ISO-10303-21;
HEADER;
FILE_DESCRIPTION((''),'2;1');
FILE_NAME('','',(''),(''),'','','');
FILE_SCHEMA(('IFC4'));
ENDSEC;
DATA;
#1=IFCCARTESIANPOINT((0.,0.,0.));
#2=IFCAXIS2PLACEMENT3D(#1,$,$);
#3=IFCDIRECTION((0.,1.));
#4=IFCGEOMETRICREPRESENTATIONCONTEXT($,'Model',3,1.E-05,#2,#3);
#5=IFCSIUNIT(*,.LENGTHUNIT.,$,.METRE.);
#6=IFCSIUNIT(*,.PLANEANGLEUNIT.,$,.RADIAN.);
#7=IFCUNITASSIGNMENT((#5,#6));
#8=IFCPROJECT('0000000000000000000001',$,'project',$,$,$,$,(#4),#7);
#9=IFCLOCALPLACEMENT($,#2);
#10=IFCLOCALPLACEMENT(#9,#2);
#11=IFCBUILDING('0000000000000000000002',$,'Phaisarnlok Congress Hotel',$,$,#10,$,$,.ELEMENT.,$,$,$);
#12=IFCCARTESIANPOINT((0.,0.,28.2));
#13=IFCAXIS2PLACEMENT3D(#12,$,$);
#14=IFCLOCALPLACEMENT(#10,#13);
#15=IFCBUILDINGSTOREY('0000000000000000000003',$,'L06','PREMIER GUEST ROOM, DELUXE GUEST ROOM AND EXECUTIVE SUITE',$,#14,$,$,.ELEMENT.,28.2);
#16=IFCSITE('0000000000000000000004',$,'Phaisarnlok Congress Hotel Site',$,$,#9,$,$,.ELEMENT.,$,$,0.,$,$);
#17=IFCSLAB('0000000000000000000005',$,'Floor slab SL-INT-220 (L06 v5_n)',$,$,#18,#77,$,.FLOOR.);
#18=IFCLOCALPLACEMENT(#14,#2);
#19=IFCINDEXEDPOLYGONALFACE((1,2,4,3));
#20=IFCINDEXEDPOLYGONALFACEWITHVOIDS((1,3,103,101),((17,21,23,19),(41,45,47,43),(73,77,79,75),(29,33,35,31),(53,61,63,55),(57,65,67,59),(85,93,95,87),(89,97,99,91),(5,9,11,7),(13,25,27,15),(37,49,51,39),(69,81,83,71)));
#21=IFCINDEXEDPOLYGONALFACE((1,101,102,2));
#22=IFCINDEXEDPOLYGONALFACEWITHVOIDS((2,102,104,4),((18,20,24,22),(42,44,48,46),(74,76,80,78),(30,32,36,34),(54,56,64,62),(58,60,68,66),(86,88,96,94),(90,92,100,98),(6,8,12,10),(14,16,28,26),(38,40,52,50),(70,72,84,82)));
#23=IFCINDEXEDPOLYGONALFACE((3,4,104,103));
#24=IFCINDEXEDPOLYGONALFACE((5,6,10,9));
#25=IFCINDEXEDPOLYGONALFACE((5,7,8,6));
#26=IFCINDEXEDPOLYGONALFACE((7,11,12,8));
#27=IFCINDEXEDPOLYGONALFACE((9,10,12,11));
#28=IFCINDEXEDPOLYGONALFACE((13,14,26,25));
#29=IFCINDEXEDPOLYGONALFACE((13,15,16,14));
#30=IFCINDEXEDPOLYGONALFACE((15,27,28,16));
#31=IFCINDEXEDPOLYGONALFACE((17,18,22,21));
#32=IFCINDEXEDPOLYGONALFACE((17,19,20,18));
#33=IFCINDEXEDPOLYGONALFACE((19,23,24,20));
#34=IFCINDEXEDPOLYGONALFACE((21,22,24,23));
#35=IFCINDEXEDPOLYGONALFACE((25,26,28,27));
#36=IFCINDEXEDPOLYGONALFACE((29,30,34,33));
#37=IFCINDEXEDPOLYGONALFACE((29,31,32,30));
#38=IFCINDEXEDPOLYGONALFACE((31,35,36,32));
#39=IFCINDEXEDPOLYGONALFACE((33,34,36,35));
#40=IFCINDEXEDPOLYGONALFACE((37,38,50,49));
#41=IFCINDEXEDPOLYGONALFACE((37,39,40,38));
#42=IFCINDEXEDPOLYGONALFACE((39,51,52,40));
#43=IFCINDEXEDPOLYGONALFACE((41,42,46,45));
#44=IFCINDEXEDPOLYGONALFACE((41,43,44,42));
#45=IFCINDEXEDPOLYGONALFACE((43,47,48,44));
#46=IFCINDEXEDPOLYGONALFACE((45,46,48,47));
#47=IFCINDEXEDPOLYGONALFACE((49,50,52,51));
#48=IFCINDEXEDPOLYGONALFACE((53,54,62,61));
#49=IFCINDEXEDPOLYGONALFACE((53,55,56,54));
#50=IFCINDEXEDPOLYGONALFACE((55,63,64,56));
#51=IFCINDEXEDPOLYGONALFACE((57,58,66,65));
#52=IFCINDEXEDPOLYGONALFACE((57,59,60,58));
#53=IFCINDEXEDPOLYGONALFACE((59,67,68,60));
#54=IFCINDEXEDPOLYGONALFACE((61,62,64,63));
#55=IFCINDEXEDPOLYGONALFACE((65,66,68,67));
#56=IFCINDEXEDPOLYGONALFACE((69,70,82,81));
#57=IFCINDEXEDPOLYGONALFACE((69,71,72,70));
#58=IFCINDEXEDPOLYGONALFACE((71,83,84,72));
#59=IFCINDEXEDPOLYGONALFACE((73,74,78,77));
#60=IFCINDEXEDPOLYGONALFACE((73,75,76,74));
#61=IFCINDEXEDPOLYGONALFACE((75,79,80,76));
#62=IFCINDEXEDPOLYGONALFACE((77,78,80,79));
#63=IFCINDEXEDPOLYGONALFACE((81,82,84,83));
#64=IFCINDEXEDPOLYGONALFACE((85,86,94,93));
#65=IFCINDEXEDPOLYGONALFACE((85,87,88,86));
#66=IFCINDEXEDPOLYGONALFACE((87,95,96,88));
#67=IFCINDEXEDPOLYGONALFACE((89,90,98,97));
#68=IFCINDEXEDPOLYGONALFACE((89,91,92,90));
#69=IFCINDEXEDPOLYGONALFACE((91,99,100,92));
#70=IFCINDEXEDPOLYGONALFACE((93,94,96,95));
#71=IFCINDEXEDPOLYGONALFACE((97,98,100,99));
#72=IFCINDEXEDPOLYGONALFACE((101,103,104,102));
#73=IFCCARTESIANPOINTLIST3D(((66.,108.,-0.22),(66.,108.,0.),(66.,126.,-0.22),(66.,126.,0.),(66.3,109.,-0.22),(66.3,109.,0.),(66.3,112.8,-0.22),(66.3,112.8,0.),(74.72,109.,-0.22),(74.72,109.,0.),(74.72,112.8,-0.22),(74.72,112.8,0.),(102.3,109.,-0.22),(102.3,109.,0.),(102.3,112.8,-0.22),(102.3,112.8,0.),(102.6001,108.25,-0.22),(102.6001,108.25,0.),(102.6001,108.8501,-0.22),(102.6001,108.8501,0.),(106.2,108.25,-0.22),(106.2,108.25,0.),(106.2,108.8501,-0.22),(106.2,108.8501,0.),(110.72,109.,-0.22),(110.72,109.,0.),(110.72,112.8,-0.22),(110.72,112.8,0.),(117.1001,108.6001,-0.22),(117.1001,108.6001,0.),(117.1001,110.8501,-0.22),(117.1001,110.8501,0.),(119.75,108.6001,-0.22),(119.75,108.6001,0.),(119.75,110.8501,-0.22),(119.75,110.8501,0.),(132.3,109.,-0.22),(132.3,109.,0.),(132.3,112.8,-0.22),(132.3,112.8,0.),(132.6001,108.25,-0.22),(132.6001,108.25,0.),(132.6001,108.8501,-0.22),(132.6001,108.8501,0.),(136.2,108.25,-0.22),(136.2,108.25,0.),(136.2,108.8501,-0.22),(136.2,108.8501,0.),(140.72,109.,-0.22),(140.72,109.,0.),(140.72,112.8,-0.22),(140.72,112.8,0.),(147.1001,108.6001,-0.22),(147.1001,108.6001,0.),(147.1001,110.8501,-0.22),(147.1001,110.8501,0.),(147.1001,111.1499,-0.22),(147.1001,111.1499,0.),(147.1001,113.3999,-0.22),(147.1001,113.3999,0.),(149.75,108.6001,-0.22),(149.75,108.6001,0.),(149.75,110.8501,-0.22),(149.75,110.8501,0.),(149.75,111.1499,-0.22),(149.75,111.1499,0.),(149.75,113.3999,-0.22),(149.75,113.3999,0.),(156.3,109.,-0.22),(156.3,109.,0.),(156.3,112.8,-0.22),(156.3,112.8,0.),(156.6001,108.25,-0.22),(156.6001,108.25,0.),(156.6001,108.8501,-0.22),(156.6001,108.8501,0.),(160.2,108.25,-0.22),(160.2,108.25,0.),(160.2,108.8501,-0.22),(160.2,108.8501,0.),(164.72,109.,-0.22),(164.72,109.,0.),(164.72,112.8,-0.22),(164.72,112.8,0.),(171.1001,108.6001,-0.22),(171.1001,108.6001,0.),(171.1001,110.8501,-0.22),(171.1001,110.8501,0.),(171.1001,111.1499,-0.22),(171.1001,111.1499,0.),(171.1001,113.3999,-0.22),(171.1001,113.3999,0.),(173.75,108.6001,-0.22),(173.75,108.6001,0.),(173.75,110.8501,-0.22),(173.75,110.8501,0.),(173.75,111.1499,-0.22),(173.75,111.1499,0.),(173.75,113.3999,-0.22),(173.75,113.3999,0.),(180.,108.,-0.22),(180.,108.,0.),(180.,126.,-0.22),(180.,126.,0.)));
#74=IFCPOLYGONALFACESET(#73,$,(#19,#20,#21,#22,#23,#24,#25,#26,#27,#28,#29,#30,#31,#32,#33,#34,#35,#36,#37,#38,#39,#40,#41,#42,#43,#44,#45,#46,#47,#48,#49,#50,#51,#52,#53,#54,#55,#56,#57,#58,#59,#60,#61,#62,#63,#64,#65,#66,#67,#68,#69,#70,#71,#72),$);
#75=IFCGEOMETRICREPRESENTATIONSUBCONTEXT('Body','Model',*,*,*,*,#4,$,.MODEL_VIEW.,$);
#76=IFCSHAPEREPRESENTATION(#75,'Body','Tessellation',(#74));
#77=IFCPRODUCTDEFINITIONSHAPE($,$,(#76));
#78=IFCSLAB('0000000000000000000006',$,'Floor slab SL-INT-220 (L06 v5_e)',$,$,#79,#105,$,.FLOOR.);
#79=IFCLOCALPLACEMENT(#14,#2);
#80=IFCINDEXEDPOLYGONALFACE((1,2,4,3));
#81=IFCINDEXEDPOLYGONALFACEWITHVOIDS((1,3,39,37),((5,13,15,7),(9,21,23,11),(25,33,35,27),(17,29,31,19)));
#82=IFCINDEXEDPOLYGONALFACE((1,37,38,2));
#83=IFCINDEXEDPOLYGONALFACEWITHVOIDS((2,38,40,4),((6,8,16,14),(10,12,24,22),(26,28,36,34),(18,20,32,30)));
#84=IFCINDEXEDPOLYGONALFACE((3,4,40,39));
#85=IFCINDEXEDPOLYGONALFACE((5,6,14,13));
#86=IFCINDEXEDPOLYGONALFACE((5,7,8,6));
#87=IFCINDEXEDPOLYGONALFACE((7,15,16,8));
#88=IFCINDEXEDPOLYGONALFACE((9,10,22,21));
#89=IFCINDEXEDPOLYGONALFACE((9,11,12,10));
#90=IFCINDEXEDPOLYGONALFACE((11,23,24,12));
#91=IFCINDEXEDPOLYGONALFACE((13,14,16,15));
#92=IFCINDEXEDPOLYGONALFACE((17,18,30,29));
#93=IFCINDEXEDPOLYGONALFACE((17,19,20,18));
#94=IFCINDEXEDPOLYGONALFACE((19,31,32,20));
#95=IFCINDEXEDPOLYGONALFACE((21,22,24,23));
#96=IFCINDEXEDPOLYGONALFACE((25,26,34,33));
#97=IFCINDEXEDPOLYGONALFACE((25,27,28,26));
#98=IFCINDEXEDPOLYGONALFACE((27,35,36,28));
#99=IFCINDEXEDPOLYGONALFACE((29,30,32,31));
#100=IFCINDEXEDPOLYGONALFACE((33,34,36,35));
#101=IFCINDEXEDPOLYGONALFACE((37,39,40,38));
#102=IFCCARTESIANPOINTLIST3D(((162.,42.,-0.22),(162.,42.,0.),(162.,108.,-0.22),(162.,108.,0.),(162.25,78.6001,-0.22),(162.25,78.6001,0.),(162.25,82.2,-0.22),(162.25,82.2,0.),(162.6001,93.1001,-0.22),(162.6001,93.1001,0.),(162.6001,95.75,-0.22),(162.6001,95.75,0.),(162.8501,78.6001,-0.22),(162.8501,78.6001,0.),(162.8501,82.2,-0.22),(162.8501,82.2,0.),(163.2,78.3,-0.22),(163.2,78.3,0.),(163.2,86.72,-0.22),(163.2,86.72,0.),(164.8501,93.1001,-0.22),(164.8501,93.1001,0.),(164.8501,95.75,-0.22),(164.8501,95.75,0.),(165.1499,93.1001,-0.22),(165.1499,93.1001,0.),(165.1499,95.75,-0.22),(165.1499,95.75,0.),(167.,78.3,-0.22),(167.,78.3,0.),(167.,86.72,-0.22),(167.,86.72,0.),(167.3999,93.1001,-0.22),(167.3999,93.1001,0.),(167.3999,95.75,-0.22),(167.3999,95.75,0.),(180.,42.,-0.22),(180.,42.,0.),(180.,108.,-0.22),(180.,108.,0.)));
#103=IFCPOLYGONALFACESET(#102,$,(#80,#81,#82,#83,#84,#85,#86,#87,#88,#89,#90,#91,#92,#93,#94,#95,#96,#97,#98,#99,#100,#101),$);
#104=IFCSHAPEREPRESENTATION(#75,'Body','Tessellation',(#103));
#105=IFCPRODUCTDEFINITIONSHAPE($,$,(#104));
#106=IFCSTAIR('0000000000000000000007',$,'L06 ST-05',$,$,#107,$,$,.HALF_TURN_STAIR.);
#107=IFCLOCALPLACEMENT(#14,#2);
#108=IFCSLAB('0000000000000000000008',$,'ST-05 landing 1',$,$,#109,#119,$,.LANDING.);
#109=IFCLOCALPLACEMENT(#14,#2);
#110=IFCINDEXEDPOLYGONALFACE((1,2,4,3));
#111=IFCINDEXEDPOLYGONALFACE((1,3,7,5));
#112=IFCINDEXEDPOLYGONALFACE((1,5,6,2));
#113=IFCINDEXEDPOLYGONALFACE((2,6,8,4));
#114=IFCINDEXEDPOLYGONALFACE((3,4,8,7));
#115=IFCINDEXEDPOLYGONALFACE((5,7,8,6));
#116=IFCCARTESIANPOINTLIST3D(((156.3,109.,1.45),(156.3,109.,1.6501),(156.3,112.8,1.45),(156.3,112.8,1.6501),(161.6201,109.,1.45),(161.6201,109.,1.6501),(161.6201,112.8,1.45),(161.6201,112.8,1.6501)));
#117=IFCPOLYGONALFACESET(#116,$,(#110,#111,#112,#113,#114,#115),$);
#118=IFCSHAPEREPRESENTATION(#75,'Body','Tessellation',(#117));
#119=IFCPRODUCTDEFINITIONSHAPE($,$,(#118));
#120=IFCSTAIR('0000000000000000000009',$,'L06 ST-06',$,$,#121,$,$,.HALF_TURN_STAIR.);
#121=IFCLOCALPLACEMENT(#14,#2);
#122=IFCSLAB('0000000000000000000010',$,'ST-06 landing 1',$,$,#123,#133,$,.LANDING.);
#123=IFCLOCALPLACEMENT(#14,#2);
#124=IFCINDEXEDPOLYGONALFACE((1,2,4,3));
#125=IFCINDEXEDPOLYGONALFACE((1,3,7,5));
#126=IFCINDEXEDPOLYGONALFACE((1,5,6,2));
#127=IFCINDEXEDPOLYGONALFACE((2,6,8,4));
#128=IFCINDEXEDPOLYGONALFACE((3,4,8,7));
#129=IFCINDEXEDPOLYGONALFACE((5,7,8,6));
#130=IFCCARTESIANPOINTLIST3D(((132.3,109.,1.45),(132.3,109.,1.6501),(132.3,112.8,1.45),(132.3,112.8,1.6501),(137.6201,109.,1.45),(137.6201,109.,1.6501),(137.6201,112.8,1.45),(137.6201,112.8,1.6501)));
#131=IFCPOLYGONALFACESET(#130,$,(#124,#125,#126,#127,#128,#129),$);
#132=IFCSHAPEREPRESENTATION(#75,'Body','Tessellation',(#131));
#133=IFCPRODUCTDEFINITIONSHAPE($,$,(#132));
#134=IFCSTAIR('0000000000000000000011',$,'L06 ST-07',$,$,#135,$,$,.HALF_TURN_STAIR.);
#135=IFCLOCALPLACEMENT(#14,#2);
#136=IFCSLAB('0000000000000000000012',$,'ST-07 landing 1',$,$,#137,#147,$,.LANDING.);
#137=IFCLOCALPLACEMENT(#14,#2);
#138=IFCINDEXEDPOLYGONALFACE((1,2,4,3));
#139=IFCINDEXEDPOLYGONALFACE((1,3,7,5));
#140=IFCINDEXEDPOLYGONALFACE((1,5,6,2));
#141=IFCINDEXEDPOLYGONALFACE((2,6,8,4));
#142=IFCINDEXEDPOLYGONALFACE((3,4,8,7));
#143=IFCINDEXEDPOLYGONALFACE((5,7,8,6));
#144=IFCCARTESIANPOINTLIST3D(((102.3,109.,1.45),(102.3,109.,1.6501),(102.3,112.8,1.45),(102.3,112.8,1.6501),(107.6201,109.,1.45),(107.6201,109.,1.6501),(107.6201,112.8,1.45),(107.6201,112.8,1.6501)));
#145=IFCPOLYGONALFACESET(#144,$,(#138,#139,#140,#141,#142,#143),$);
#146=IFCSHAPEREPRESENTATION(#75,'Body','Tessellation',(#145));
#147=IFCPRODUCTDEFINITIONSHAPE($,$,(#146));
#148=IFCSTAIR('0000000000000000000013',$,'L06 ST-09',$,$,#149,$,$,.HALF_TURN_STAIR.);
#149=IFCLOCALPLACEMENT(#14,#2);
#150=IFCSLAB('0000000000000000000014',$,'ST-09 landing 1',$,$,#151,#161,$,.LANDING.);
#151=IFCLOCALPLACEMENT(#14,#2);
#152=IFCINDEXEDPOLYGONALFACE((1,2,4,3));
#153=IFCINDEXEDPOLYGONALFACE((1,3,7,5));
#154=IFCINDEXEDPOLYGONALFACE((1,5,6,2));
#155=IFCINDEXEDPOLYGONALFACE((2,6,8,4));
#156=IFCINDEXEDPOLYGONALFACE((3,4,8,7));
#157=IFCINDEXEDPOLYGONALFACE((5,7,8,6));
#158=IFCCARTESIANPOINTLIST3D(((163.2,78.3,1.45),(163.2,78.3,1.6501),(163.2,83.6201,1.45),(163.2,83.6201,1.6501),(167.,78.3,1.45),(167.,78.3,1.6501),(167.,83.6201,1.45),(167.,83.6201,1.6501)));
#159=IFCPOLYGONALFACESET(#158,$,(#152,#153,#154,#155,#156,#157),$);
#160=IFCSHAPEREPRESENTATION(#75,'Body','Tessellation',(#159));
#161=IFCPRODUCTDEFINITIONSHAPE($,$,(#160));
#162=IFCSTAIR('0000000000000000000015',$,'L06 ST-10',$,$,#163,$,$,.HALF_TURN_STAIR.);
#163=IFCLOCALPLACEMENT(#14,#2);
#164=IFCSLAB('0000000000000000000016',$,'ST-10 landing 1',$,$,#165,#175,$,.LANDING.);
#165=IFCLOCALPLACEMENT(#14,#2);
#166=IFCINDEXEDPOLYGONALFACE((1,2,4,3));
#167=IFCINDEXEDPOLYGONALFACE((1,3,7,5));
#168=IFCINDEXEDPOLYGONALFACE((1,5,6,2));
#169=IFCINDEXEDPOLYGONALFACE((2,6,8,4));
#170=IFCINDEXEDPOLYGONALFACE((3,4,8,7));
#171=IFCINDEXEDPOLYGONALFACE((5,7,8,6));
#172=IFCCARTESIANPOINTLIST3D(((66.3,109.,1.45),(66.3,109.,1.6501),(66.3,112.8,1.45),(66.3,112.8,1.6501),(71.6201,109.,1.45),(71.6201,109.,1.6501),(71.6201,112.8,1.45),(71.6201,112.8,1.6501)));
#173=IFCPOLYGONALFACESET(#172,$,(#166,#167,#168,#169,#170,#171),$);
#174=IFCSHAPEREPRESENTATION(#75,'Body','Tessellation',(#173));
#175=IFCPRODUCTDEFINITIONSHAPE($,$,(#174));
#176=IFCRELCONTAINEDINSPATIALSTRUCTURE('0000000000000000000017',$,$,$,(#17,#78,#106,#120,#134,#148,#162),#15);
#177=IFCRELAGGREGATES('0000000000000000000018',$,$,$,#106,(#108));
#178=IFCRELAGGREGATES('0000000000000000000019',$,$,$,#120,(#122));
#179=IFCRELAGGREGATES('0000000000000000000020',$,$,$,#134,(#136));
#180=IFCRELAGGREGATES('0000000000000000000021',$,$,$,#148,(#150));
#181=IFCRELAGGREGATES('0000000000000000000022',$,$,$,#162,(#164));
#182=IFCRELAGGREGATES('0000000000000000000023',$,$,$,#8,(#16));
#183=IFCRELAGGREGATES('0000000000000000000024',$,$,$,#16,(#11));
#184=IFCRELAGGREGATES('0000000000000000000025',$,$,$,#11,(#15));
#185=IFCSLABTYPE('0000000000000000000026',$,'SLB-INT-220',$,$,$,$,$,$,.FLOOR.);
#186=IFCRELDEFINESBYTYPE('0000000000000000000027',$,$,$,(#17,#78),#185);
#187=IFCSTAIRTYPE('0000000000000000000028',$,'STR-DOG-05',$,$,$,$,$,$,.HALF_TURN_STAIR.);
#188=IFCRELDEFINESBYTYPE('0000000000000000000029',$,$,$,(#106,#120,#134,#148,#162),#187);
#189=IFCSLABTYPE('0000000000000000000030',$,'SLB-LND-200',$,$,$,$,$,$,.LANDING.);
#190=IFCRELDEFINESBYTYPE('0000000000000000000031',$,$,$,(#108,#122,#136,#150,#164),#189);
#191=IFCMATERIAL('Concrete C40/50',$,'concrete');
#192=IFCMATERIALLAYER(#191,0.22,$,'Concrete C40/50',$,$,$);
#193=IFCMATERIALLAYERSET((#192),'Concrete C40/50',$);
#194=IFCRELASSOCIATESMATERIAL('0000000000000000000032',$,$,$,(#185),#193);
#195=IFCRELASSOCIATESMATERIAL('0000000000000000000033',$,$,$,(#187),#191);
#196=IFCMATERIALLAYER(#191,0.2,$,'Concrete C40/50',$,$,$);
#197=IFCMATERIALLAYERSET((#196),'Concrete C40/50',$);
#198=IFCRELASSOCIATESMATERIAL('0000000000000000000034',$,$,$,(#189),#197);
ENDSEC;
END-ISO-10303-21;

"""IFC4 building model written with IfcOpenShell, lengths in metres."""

from ifc_helpers import new_model, si_unit, direction, frame, origin, place, context, subcontext, project, spatial, polyline, outline, extrude, material, layer, layer_set, type_object, element, aggregate, save


model = new_model("IFC4")

# Units and contexts
model_context = context("Model", 3, precision=1e-05, world=origin(), true_north=direction((0.0, 1.0)))
body_context = subcontext(model_context, "Body", "Model", "MODEL_VIEW")
ifc_project = project(units=[si_unit("LENGTHUNIT", "METRE"), si_unit("PLANEANGLEUNIT", "RADIAN")], contexts=[model_context])

# Site, building, storey
site_placement = place(None, origin())
site = spatial("IfcSite", under=ifc_project, at=site_placement, Name="Phaisarnlok Congress Hotel Site", CompositionType="ELEMENT", RefElevation=0.0)
building_placement = place(site_placement, origin())
building = spatial("IfcBuilding", under=site, at=building_placement, Name="Phaisarnlok Congress Hotel", CompositionType="ELEMENT")
storey_placement = place(building_placement, frame((0.0, 0.0, 28.2)))
storey = spatial("IfcBuildingStorey", under=building, at=storey_placement, Name="L06", Description="PREMIER GUEST ROOM, DELUXE GUEST ROOM AND EXECUTIVE SUITE", CompositionType="ELEMENT", Elevation=28.2)

# Shared definitions
ifc_material_1 = material(Name="Concrete C40/50", Category="concrete")

# Slabs
ifc_layer_1 = layer(ifc_material_1, 0.22, Name="Concrete C40/50")
ifc_layer_set_1 = layer_set([ifc_layer_1], Name="Concrete C40/50")
slab_type_1 = type_object("IfcSlabType", Name="SLB-INT-220", PredefinedType="FLOOR", material=ifc_layer_set_1)
slab_1_placement = place(storey_placement, frame((0.0, 0.0, -0.22)))
element("IfcSlab", 1, at=slab_1_placement, inside=storey, type_object=slab_type_1, Name="Floor slab SL-INT-220 (L06 v5_n)", PredefinedType="FLOOR", context=body_context, shape_type="SweptSolid", body=[
    extrude(outline(polyline([(180.0, 108.0), (180.0, 126.0), (66.0, 126.0), (66.0, 108.0), (180.0, 108.0)]), holes=[polyline([(164.72, 112.8), (156.3, 112.8), (156.3, 109.0), (164.72, 109.0), (164.72, 112.8)]), polyline([(140.72, 112.8), (132.3, 112.8), (132.3, 109.0), (140.72, 109.0), (140.72, 112.8)]), polyline([(110.72, 112.8), (102.3, 112.8), (102.3, 109.0), (110.72, 109.0), (110.72, 112.8)]), polyline([(74.72, 112.8), (66.3, 112.8), (66.3, 109.0), (74.72, 109.0), (74.72, 112.8)]), polyline([(173.75, 108.6001), (173.75, 110.8501), (171.1001, 110.8501), (171.1001, 108.6001), (173.75, 108.6001)]), polyline([(173.75, 111.1499), (173.75, 113.3999), (171.1001, 113.3999), (171.1001, 111.1499), (173.75, 111.1499)]), polyline([(160.2, 108.25), (160.2, 108.8501), (156.6001, 108.8501), (156.6001, 108.25), (160.2, 108.25)]), polyline([(149.75, 108.6001), (149.75, 110.8501), (147.1001, 110.8501), (147.1001, 108.6001), (149.75, 108.6001)]), polyline([(149.75, 111.1499), (149.75, 113.3999), (147.1001, 113.3999), (147.1001, 111.1499), (149.75, 111.1499)]), polyline([(136.2, 108.25), (136.2, 108.8501), (132.6001, 108.8501), (132.6001, 108.25), (136.2, 108.25)]), polyline([(119.75, 108.6001), (119.75, 110.8501), (117.1001, 110.8501), (117.1001, 108.6001), (119.75, 108.6001)]), polyline([(106.2, 108.25), (106.2, 108.8501), (102.6001, 108.8501), (102.6001, 108.25), (106.2, 108.25)])]), origin(), (0.0, 0.0, 1.0), 0.22),
])
slab_2_placement = place(storey_placement, frame((0.0, 0.0, -0.22)))
element("IfcSlab", 2, at=slab_2_placement, inside=storey, type_object=slab_type_1, Name="Floor slab SL-INT-220 (L06 v5_e)", PredefinedType="FLOOR", context=body_context, shape_type="SweptSolid", body=[
    extrude(outline(polyline([(180.0, 42.0), (180.0, 108.0), (162.0, 108.0), (162.0, 42.0), (180.0, 42.0)]), holes=[polyline([(163.2, 86.72), (163.2, 78.3), (167.0, 78.3), (167.0, 86.72), (163.2, 86.72)]), polyline([(164.8501, 93.1001), (164.8501, 95.75), (162.6001, 95.75), (162.6001, 93.1001), (164.8501, 93.1001)]), polyline([(167.3999, 93.1001), (167.3999, 95.75), (165.1499, 95.75), (165.1499, 93.1001), (167.3999, 93.1001)]), polyline([(162.8501, 78.6001), (162.8501, 82.2), (162.25, 82.2), (162.25, 78.6001), (162.8501, 78.6001)])]), origin(), (0.0, 0.0, 1.0), 0.22),
])

# Stairs, slabs
stair_type = type_object("IfcStairType", Name="STR-DOG-05", PredefinedType="HALF_TURN_STAIR", material=ifc_material_1)
stair_1_placement = place(storey_placement, origin())
stair_1 = element("IfcStair", 3, at=stair_1_placement, inside=storey, type_object=stair_type, Name="L06 ST-05", PredefinedType="HALF_TURN_STAIR")
ifc_layer_2 = layer(ifc_material_1, 0.2, Name="Concrete C40/50")
ifc_layer_set_2 = layer_set([ifc_layer_2], Name="Concrete C40/50")
slab_type_2 = type_object("IfcSlabType", Name="SLB-LND-200", PredefinedType="LANDING", material=ifc_layer_set_2)
slab_3_placement = place(storey_placement, frame((0.0, 0.0, 1.45)))
slab_3 = element("IfcSlab", 4, at=slab_3_placement, type_object=slab_type_2, Name="ST-05 landing 1", PredefinedType="LANDING", context=body_context, shape_type="SweptSolid", body=[
    extrude(outline(polyline([(161.6201, 112.8), (156.3, 112.8), (156.3, 109.0), (161.6201, 109.0), (161.6201, 112.8)])), origin(), (0.0, 0.0, 1.0), 0.2002),
])
aggregate(stair_1, [slab_3])
stair_2_placement = place(storey_placement, origin())
stair_2 = element("IfcStair", 5, at=stair_2_placement, inside=storey, type_object=stair_type, Name="L06 ST-06", PredefinedType="HALF_TURN_STAIR")
slab_4_placement = place(storey_placement, frame((0.0, 0.0, 1.45)))
slab_4 = element("IfcSlab", 6, at=slab_4_placement, type_object=slab_type_2, Name="ST-06 landing 1", PredefinedType="LANDING", context=body_context, shape_type="SweptSolid", body=[
    extrude(outline(polyline([(137.6201, 112.8), (132.3, 112.8), (132.3, 109.0), (137.6201, 109.0), (137.6201, 112.8)])), origin(), (0.0, 0.0, 1.0), 0.2002),
])
aggregate(stair_2, [slab_4])
stair_3_placement = place(storey_placement, origin())
stair_3 = element("IfcStair", 7, at=stair_3_placement, inside=storey, type_object=stair_type, Name="L06 ST-07", PredefinedType="HALF_TURN_STAIR")
slab_5_placement = place(storey_placement, frame((0.0, 0.0, 1.45)))
slab_5 = element("IfcSlab", 8, at=slab_5_placement, type_object=slab_type_2, Name="ST-07 landing 1", PredefinedType="LANDING", context=body_context, shape_type="SweptSolid", body=[
    extrude(outline(polyline([(107.6201, 112.8), (102.3, 112.8), (102.3, 109.0), (107.6201, 109.0), (107.6201, 112.8)])), origin(), (0.0, 0.0, 1.0), 0.2002),
])
aggregate(stair_3, [slab_5])
stair_4_placement = place(storey_placement, origin())
stair_4 = element("IfcStair", 9, at=stair_4_placement, inside=storey, type_object=stair_type, Name="L06 ST-09", PredefinedType="HALF_TURN_STAIR")
slab_6_placement = place(storey_placement, frame((0.0, 0.0, 1.45)))
slab_6 = element("IfcSlab", 10, at=slab_6_placement, type_object=slab_type_2, Name="ST-09 landing 1", PredefinedType="LANDING", context=body_context, shape_type="SweptSolid", body=[
    extrude(outline(polyline([(163.2, 83.6201), (163.2, 78.3), (167.0, 78.3), (167.0, 83.6201), (163.2, 83.6201)])), origin(), (0.0, 0.0, 1.0), 0.2002),
])
aggregate(stair_4, [slab_6])
stair_5_placement = place(storey_placement, origin())
stair_5 = element("IfcStair", 11, at=stair_5_placement, inside=storey, type_object=stair_type, Name="L06 ST-10", PredefinedType="HALF_TURN_STAIR")
slab_7_placement = place(storey_placement, frame((0.0, 0.0, 1.45)))
slab_7 = element("IfcSlab", 12, at=slab_7_placement, type_object=slab_type_2, Name="ST-10 landing 1", PredefinedType="LANDING", context=body_context, shape_type="SweptSolid", body=[
    extrude(outline(polyline([(71.6201, 112.8), (66.3, 112.8), (66.3, 109.0), (71.6201, 109.0), (71.6201, 112.8)])), origin(), (0.0, 0.0, 1.0), 0.2002),
])
aggregate(stair_5, [slab_7])

save(model, "model.ifc")
